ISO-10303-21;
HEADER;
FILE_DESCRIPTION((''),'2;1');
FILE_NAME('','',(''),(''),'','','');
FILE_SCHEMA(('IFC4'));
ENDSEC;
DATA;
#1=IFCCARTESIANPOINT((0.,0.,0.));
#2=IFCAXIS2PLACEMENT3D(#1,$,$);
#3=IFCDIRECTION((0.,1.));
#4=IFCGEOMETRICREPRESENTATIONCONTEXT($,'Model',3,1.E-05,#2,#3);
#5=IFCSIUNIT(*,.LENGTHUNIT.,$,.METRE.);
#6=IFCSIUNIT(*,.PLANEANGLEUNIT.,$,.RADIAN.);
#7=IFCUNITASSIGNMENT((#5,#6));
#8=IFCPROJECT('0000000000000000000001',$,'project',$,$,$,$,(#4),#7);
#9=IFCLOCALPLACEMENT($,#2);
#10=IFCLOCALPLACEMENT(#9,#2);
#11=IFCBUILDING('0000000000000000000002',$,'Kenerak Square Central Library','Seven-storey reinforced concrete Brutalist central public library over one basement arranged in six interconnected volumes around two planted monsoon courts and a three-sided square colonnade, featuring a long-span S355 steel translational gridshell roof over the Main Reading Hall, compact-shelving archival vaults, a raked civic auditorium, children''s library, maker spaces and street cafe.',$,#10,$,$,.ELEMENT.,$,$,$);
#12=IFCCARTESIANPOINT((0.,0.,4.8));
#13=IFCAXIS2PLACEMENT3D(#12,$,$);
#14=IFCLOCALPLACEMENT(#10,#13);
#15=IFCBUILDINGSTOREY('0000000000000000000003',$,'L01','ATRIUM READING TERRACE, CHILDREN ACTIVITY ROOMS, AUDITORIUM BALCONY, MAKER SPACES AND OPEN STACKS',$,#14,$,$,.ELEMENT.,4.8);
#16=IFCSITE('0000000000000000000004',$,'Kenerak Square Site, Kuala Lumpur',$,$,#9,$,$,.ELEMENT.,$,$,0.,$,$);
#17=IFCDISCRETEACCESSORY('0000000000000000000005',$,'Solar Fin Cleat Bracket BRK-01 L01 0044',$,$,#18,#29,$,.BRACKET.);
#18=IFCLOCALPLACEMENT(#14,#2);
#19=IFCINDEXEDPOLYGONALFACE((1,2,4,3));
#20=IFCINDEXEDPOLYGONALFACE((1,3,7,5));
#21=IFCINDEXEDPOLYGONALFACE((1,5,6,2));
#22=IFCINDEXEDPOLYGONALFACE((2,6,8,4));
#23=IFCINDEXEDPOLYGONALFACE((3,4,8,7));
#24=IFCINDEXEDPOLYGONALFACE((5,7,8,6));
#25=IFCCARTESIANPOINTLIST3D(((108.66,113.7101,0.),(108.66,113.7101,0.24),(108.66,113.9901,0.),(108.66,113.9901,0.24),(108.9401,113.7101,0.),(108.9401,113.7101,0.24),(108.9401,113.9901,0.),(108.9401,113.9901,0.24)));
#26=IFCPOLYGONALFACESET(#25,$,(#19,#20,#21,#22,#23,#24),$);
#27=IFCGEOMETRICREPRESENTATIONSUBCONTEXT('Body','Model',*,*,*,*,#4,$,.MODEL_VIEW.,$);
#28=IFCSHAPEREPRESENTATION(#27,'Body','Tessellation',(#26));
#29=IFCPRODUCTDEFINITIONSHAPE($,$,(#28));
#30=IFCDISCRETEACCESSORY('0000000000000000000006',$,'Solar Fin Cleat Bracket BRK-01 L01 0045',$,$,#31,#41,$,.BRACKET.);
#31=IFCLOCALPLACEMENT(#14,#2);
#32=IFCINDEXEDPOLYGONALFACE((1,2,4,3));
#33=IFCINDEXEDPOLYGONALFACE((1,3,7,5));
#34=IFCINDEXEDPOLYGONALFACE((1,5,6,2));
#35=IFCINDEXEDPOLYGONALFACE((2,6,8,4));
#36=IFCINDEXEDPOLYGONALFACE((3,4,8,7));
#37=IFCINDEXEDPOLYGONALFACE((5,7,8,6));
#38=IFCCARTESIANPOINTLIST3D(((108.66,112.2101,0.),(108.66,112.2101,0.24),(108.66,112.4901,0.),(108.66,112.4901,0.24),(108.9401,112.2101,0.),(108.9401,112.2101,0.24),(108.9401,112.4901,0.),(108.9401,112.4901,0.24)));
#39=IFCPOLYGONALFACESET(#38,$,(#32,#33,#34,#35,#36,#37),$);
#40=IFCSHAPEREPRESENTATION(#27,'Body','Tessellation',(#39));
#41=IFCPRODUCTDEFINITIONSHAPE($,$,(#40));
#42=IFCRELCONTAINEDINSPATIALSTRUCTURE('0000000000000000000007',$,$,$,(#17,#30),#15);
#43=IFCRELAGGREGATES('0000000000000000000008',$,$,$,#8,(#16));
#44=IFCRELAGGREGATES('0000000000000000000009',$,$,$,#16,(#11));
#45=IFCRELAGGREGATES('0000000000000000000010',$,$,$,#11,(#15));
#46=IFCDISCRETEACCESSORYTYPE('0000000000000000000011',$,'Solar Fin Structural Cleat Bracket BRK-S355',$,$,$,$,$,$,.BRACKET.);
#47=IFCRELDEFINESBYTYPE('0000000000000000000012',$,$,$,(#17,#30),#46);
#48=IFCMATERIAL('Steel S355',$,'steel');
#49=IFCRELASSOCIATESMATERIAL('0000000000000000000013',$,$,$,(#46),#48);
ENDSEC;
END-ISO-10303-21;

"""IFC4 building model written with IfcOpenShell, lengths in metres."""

from ifc_helpers import new_model, si_unit, direction, frame, origin, origin_2d, place, context, subcontext, project, spatial, rectangle, extrude, material, type_object, element, save


model = new_model("IFC4")

# Units and contexts
model_context = context("Model", 3, precision=1e-05, world=origin(), true_north=direction((0.0, 1.0)))
body_context = subcontext(model_context, "Body", "Model", "MODEL_VIEW")
ifc_project = project(units=[si_unit("LENGTHUNIT", "METRE"), si_unit("PLANEANGLEUNIT", "RADIAN")], contexts=[model_context])

# Site, building, storey
site_placement = place(None, origin())
site = spatial("IfcSite", under=ifc_project, at=site_placement, Name="Kenerak Square Site, Kuala Lumpur", CompositionType="ELEMENT", RefElevation=0.0)
building_placement = place(site_placement, origin())
building = spatial("IfcBuilding", under=site, at=building_placement, Name="Kenerak Square Central Library", Description="Seven-storey reinforced concrete Brutalist central public library over one basement arranged in six interconnected volumes around two planted monsoon courts and a three-sided square colonnade, featuring a long-span S355 steel translational gridshell roof over the Main Reading Hall, compact-shelving archival vaults, a raked civic auditorium, children's library, maker spaces and street cafe.", CompositionType="ELEMENT")
storey_placement = place(building_placement, frame((0.0, 0.0, 4.8)))
storey = spatial("IfcBuildingStorey", under=building, at=storey_placement, Name="L01", Description="ATRIUM READING TERRACE, CHILDREN ACTIVITY ROOMS, AUDITORIUM BALCONY, MAKER SPACES AND OPEN STACKS", CompositionType="ELEMENT", Elevation=4.8)

# Shared definitions
ifc_material_1 = material(Name="Steel S355", Category="steel")

# Discrete accessories
discrete_accessory_type = type_object("IfcDiscreteAccessoryType", Name="Solar Fin Structural Cleat Bracket BRK-S355", PredefinedType="BRACKET", material=ifc_material_1)
for number, where, z_axis, x_axis, name in (
    (1, (108.8, 113.8501, 0.0), (0.0, 0.0, 1.0), (0.0, -1.0, 0.0), "Solar Fin Cleat Bracket BRK-01 L01 0044"),
    (2, (108.8, 112.3501, 0.0), (0.0, 0.0, 1.0), (0.0, -1.0, 0.0), "Solar Fin Cleat Bracket BRK-01 L01 0045"),
):
    element("IfcDiscreteAccessory", number, at=place(storey_placement, frame(where, z_axis=z_axis, x_axis=x_axis)), inside=storey, type_object=discrete_accessory_type, Name=name, PredefinedType="BRACKET", context=body_context, shape_type="SweptSolid", body=[
        extrude(rectangle(XDim=0.28, YDim=0.28, at=origin_2d()), origin(), (0.0, 0.0, 1.0), 0.24),
    ])

save(model, "model.ifc")
